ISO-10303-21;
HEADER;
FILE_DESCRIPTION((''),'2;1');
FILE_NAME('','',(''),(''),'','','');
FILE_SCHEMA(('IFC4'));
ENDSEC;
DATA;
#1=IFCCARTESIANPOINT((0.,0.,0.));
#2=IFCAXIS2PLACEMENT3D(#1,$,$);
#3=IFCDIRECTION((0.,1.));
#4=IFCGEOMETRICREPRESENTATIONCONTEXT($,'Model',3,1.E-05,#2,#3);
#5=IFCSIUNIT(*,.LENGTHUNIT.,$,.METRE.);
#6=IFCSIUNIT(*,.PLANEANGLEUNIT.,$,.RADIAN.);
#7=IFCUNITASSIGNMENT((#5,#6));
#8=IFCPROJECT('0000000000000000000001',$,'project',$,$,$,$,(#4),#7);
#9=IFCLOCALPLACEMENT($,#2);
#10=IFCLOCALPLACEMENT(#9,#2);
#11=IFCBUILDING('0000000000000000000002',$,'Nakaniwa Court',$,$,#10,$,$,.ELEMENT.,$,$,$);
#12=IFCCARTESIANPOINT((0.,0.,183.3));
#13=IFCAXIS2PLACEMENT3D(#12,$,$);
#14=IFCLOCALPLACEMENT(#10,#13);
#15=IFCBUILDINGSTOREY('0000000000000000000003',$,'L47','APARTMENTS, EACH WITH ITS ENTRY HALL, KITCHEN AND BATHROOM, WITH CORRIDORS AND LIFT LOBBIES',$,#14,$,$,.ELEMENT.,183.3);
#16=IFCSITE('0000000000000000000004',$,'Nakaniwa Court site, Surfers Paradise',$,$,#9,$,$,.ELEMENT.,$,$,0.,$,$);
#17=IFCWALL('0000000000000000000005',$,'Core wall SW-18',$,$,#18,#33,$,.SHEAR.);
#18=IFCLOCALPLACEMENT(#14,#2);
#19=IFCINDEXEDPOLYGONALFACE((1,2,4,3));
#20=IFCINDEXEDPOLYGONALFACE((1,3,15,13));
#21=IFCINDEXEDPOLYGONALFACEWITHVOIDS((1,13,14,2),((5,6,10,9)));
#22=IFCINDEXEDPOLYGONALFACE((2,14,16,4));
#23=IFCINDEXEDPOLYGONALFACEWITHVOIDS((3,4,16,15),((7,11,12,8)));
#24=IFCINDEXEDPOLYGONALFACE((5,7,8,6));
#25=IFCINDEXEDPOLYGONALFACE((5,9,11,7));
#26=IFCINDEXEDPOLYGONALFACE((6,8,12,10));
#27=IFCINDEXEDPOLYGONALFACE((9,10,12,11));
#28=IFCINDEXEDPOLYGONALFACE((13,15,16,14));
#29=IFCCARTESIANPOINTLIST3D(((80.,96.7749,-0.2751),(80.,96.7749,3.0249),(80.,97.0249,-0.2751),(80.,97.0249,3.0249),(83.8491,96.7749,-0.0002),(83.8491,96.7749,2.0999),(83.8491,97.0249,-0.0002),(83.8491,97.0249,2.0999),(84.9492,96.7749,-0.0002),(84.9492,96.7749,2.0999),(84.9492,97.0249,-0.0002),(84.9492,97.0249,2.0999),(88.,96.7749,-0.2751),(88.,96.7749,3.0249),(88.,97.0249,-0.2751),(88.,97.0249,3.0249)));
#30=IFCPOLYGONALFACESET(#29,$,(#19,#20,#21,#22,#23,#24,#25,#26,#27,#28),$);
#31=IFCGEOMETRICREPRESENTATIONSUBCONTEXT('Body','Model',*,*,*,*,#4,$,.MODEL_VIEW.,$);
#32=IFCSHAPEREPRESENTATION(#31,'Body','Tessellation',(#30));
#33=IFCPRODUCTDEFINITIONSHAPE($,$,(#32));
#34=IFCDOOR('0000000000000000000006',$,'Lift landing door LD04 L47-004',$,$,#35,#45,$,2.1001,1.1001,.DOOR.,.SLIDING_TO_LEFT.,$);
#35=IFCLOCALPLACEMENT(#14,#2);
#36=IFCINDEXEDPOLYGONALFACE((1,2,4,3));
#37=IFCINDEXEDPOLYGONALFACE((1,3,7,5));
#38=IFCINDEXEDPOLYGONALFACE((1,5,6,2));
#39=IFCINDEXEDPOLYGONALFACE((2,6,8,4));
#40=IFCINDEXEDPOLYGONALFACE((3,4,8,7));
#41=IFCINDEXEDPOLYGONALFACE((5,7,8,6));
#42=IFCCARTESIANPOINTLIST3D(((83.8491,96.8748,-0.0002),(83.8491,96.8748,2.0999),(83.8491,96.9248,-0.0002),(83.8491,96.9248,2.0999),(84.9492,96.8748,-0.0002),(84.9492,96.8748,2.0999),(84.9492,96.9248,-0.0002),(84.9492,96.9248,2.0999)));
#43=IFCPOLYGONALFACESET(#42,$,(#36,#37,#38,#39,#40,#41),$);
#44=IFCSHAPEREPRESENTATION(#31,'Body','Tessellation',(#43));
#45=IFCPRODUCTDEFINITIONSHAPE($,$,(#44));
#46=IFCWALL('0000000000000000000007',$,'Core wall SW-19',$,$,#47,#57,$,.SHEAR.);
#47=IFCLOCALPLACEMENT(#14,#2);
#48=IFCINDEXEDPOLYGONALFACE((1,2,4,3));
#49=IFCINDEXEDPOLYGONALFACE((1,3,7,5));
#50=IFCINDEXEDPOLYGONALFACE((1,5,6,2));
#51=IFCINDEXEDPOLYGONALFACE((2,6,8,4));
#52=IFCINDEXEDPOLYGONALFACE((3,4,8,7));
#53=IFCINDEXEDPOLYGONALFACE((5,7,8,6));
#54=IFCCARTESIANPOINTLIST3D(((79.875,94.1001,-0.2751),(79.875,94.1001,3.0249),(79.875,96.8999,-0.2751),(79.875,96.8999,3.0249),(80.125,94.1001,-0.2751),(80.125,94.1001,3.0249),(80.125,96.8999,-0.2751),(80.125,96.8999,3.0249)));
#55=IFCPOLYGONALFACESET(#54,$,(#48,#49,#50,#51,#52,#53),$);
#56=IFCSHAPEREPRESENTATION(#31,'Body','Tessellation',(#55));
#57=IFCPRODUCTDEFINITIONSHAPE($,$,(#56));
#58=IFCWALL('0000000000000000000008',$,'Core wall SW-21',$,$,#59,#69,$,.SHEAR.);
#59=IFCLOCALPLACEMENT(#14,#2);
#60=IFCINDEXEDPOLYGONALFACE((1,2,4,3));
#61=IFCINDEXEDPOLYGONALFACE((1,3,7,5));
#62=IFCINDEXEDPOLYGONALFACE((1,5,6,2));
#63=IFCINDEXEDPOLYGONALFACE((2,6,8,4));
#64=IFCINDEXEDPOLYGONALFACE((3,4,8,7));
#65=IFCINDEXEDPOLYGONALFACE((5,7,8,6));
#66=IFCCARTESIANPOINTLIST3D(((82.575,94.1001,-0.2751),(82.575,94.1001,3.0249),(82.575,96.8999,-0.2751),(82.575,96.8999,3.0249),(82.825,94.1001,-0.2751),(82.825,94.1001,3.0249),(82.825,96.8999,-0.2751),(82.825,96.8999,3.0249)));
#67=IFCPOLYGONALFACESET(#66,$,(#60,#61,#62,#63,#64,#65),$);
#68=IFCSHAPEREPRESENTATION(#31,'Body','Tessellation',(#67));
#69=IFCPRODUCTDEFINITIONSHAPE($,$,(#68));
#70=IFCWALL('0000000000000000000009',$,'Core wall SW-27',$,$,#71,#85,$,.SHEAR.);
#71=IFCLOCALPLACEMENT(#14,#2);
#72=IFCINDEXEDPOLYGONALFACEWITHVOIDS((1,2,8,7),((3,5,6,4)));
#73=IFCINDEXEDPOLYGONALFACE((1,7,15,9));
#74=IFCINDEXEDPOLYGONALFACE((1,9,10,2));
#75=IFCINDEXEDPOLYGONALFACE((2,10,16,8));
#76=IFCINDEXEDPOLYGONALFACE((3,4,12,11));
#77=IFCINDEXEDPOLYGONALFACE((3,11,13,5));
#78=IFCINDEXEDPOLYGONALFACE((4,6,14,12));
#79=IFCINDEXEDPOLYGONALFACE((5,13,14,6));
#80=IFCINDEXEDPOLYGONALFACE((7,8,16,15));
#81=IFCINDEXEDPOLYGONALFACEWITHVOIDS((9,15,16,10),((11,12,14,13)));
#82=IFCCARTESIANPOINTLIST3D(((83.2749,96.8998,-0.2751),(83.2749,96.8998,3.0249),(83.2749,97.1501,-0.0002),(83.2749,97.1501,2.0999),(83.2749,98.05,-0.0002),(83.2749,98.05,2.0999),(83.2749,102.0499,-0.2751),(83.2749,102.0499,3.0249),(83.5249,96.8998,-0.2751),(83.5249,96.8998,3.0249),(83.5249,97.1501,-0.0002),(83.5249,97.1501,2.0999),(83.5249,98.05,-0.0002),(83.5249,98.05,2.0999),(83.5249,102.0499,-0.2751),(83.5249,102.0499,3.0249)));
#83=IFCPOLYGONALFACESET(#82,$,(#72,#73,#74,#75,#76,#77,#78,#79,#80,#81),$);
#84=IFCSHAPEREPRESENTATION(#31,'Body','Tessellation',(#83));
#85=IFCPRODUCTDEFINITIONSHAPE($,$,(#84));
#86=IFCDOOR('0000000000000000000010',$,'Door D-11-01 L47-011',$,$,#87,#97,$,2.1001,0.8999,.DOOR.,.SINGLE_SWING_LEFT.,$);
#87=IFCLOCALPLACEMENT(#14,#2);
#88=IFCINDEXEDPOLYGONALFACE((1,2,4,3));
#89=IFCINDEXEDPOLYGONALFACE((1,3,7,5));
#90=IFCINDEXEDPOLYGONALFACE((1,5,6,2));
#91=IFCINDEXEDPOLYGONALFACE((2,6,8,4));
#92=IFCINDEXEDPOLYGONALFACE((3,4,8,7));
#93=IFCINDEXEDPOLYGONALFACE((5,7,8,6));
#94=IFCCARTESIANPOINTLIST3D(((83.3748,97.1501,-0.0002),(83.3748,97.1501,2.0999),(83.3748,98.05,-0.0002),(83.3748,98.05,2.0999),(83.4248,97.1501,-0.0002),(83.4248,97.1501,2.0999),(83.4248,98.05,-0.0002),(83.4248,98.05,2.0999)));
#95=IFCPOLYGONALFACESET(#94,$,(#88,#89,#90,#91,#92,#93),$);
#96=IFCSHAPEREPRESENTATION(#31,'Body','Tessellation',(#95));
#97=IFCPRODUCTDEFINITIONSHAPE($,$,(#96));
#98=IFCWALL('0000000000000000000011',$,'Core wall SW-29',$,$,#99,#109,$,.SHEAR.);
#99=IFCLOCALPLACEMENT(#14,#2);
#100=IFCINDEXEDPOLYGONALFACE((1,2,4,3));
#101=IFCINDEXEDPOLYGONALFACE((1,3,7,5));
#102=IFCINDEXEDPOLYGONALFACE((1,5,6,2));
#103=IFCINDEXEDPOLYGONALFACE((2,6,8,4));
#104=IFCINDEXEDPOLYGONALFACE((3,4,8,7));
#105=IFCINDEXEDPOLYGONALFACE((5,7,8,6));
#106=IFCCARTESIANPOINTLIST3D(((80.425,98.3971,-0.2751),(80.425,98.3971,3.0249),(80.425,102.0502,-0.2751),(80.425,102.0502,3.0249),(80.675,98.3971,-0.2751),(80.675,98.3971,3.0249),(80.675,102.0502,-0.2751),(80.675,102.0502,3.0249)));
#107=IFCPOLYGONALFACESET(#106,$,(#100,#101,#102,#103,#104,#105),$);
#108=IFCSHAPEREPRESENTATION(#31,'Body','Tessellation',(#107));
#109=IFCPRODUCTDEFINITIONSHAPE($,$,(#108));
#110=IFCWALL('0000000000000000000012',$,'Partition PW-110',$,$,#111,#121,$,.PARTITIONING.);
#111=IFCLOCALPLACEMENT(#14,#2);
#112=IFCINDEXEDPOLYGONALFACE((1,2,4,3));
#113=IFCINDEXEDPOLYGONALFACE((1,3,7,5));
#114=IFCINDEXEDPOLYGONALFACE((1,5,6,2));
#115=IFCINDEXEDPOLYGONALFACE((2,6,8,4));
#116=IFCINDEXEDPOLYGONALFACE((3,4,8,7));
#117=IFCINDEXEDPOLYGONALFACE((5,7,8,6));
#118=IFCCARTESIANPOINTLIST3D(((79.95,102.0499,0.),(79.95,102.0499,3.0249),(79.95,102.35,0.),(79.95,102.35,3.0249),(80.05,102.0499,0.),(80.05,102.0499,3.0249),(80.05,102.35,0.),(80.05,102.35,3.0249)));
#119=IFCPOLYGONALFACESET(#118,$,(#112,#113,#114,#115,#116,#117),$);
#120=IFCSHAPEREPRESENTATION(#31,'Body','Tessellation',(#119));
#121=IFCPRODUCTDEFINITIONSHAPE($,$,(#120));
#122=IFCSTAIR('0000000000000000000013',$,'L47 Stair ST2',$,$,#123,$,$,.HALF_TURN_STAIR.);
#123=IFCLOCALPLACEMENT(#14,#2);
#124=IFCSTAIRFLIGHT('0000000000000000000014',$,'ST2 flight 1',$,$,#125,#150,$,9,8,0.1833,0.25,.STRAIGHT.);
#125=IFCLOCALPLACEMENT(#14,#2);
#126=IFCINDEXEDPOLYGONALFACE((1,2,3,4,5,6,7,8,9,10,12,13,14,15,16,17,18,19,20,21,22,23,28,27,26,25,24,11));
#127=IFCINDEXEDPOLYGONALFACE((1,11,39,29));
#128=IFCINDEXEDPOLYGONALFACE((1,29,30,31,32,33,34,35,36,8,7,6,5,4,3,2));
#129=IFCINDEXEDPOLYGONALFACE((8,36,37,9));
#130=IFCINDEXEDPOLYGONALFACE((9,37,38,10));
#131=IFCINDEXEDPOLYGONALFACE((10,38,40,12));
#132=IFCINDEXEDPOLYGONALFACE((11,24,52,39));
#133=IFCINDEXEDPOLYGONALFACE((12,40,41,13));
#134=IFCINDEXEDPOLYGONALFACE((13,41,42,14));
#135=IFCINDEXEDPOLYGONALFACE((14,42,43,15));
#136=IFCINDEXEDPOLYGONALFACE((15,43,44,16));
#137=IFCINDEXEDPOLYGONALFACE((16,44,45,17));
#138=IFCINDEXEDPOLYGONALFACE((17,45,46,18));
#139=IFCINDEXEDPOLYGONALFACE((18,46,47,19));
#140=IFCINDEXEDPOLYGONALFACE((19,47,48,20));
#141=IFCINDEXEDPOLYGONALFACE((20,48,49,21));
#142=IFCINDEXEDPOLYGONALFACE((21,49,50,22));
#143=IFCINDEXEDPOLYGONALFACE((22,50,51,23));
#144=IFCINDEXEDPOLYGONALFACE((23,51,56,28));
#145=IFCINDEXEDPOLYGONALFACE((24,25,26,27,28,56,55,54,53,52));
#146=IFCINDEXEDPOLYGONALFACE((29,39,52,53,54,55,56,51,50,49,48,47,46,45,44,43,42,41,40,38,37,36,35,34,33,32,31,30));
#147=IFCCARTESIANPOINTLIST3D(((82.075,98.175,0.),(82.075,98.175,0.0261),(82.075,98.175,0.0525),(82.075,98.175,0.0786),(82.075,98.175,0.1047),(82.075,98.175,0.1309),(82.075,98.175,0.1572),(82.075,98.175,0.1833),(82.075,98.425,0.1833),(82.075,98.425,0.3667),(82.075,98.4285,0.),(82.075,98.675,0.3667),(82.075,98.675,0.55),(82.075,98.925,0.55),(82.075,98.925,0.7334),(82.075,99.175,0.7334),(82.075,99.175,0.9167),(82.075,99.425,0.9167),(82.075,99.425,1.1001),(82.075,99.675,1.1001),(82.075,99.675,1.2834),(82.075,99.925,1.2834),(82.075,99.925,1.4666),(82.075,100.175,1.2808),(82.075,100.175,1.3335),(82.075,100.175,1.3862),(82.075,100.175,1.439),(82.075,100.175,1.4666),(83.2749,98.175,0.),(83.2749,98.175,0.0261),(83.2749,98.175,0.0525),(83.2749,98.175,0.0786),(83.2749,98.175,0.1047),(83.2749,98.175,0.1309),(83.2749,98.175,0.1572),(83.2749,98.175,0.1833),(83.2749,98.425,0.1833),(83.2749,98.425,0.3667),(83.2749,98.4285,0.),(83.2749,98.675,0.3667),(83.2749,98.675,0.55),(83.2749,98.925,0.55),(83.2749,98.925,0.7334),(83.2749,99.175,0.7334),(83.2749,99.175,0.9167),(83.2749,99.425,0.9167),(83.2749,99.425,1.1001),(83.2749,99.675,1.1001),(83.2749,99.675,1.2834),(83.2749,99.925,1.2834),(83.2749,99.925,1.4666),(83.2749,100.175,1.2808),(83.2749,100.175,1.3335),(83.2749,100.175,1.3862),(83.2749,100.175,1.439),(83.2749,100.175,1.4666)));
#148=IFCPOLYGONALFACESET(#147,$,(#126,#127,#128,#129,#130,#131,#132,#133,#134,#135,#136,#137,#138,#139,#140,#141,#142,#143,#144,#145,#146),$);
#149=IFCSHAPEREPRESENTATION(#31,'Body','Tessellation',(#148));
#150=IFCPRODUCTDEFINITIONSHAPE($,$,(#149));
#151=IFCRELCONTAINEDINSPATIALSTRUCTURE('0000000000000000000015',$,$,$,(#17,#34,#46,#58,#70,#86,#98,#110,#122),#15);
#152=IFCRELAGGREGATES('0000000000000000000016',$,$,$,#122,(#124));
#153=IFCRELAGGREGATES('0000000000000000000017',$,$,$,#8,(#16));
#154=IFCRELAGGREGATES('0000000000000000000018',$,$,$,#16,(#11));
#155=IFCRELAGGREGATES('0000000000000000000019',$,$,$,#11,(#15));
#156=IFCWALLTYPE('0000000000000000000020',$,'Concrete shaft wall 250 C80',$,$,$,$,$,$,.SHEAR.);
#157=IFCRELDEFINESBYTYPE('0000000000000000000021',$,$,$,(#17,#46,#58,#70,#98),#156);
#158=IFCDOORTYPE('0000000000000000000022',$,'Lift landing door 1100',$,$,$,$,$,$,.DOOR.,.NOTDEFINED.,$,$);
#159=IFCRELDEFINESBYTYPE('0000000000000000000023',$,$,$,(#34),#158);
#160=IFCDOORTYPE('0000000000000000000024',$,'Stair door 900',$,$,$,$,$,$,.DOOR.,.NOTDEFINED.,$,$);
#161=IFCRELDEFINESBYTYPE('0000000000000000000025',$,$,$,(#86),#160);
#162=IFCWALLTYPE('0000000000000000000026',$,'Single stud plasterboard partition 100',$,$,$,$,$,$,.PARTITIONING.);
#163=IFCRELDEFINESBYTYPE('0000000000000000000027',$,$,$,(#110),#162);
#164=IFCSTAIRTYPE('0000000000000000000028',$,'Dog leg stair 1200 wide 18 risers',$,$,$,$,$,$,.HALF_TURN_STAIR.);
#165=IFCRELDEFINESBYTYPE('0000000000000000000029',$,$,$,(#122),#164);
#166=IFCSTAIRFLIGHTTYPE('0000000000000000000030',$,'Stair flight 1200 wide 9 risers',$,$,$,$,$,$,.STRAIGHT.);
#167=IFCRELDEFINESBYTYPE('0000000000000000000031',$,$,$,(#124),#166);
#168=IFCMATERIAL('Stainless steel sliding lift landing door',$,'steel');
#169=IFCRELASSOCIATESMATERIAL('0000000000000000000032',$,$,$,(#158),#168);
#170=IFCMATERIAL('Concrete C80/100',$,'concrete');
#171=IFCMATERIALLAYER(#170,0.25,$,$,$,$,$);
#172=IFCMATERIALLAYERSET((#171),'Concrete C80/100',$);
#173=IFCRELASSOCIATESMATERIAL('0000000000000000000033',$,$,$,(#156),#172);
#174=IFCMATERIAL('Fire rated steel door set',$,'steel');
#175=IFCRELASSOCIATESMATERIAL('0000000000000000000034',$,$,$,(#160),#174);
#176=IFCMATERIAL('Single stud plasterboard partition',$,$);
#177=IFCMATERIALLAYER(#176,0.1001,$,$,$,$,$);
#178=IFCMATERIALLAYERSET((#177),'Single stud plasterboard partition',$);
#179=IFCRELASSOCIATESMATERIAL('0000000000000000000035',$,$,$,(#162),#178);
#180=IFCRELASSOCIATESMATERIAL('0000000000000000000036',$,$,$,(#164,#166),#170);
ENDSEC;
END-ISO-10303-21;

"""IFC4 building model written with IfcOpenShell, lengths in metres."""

from ifc_helpers import new_model, si_unit, direction, frame, frame_2d, origin, place, context, subcontext, project, spatial, polyline, rectangle, outline, extrude, material, layer, layer_set, type_object, element, fill, aggregate, save


model = new_model("IFC4")

# Units and contexts
model_context = context("Model", 3, precision=1e-05, world=origin(), true_north=direction((0.0, 1.0)))
body_context = subcontext(model_context, "Body", "Model", "MODEL_VIEW")
ifc_project = project(units=[si_unit("LENGTHUNIT", "METRE"), si_unit("PLANEANGLEUNIT", "RADIAN")], contexts=[model_context])

# Site, building, storey
site_placement = place(None, origin())
site = spatial("IfcSite", under=ifc_project, at=site_placement, Name="Nakaniwa Court site, Surfers Paradise", CompositionType="ELEMENT", RefElevation=0.0)
building_placement = place(site_placement, origin())
building = spatial("IfcBuilding", under=site, at=building_placement, Name="Nakaniwa Court", CompositionType="ELEMENT")
storey_placement = place(building_placement, frame((0.0, 0.0, 183.3)))
storey = spatial("IfcBuildingStorey", under=building, at=storey_placement, Name="L47", Description="APARTMENTS, EACH WITH ITS ENTRY HALL, KITCHEN AND BATHROOM, WITH CORRIDORS AND LIFT LOBBIES", CompositionType="ELEMENT", Elevation=183.3)

# Shared definitions
ifc_material_1 = material(Name="Fire rated steel door set", Category="steel")
ifc_material_2 = material(Name="Concrete C80/100", Category="concrete")
ifc_material_3 = material(Name="Stainless steel sliding lift landing door", Category="steel")
door_type_1 = type_object("IfcDoorType", Name="Lift landing door 1100", OperationType="NOTDEFINED", PredefinedType="DOOR", material=ifc_material_3)

# Shared definitions
ifc_layer_1 = layer(ifc_material_2, 0.25)
ifc_layer_set_1 = layer_set([ifc_layer_1], Name="Concrete C80/100")
wall_type_1 = type_object("IfcWallType", Name="Concrete shaft wall 250 C80", PredefinedType="SHEAR", material=ifc_layer_set_1)

# Wall, opening, door
wall_1_placement = place(storey_placement, frame((80.0, 96.8999, -0.2751), z_axis=(0.0, 0.0, 1.0), x_axis=(1.0, 0.0, 0.0)))
wall_1 = element("IfcWall", 1, at=wall_1_placement, inside=storey, type_object=wall_type_1, Name="Core wall SW-18", PredefinedType="SHEAR", context=body_context, shape_type="SweptSolid", body=[
    extrude(rectangle(XDim=8.0, YDim=0.25, at=frame_2d((4.0, 0.0))), origin(), (0.0, 0.0, 1.0), 3.3),
])
opening_1_placement = place(wall_1_placement, frame((3.8491, 0.0, 0.2749)))
opening_1 = element("IfcOpeningElement", 2, at=opening_1_placement, cuts=wall_1, PredefinedType="OPENING", context=body_context, shape_type="SweptSolid", body=[
    extrude(rectangle(XDim=1.1001, YDim=2.1001, at=frame_2d((0.55, 1.05))), frame((0.0, 0.135, 0.0), z_axis=(0.0, -1.0, 0.0), x_axis=(1.0, 0.0, 0.0)), (0.0, 0.0, 1.0), 0.27),
])
door_1_placement = place(opening_1_placement, origin())
door_1 = element("IfcDoor", 3, at=door_1_placement, inside=storey, type_object=door_type_1, Name="Lift landing door LD04 L47-004", OperationType="SLIDING_TO_LEFT", OverallHeight=2.1001, OverallWidth=1.1001, PredefinedType="DOOR", context=body_context, shape_type="SweptSolid", body=[
    extrude(rectangle(XDim=1.1001, YDim=2.1001, at=frame_2d((0.55, 1.05))), frame((0.0, 0.0249, 0.0), z_axis=(0.0, -1.0, 0.0), x_axis=(1.0, 0.0, 0.0)), (0.0, 0.0, 1.0), 0.05),
])
fill(opening_1, door_1)

# Walls
for number, where, z_axis, x_axis, name in (
    (4, (80.0, 94.1001, -0.2751), (0.0, 0.0, 1.0), (0.0, 1.0, 0.0), "Core wall SW-19"),
    (5, (82.7, 94.1001, -0.2751), (0.0, 0.0, 1.0), (0.0, 1.0, 0.0), "Core wall SW-21"),
):
    element("IfcWall", number, at=place(storey_placement, frame(where, z_axis=z_axis, x_axis=x_axis)), inside=storey, type_object=wall_type_1, Name=name, PredefinedType="SHEAR", context=body_context, shape_type="SweptSolid", body=[
        extrude(rectangle(XDim=2.7998, YDim=0.25, at=frame_2d((1.3999, 0.0))), origin(), (0.0, 0.0, 1.0), 3.3),
    ])

# Wall, opening, door
wall_2_placement = place(storey_placement, frame((83.3999, 102.05, -0.2751), z_axis=(0.0, 0.0, 1.0), x_axis=(0.0, -1.0, 0.0)))
wall_2 = element("IfcWall", 6, at=wall_2_placement, inside=storey, type_object=wall_type_1, Name="Core wall SW-27", PredefinedType="SHEAR", context=body_context, shape_type="SweptSolid", body=[
    extrude(rectangle(XDim=5.1501, YDim=0.25, at=frame_2d((2.5752, 0.0))), origin(), (0.0, 0.0, 1.0), 3.3),
])
opening_2_placement = place(wall_2_placement, frame((4.0, 0.0, 0.2749)))
opening_2 = element("IfcOpeningElement", 7, at=opening_2_placement, cuts=wall_2, PredefinedType="OPENING", context=body_context, shape_type="SweptSolid", body=[
    extrude(rectangle(XDim=0.8999, YDim=2.1001, at=frame_2d((0.45, 1.05))), frame((0.0, 0.135, 0.0), z_axis=(0.0, -1.0, 0.0), x_axis=(1.0, 0.0, 0.0)), (0.0, 0.0, 1.0), 0.27),
])
door_type_2 = type_object("IfcDoorType", Name="Stair door 900", OperationType="NOTDEFINED", PredefinedType="DOOR", material=ifc_material_1)
door_2_placement = place(opening_2_placement, origin())
door_2 = element("IfcDoor", 8, at=door_2_placement, inside=storey, type_object=door_type_2, Name="Door D-11-01 L47-011", OperationType="SINGLE_SWING_LEFT", OverallHeight=2.1001, OverallWidth=0.8999, PredefinedType="DOOR", context=body_context, shape_type="SweptSolid", body=[
    extrude(rectangle(XDim=0.8999, YDim=2.1001, at=frame_2d((0.45, 1.05))), frame((0.0, 0.0249, 0.0), z_axis=(0.0, -1.0, 0.0), x_axis=(1.0, 0.0, 0.0)), (0.0, 0.0, 1.0), 0.05),
])
fill(opening_2, door_2)

# Walls
wall_3_placement = place(storey_placement, frame((80.55, 98.397, -0.2751), z_axis=(0.0, 0.0, 1.0), x_axis=(0.0, 1.0, 0.0)))
element("IfcWall", 9, at=wall_3_placement, inside=storey, type_object=wall_type_1, Name="Core wall SW-29", PredefinedType="SHEAR", context=body_context, shape_type="SweptSolid", body=[
    extrude(rectangle(XDim=3.6531, YDim=0.25, at=frame_2d((1.8267, 0.0))), origin(), (0.0, 0.0, 1.0), 3.3),
])
ifc_material_4 = material(Name="Single stud plasterboard partition")
ifc_layer_2 = layer(ifc_material_4, 0.1001)
ifc_layer_set_2 = layer_set([ifc_layer_2], Name="Single stud plasterboard partition")
wall_type_2 = type_object("IfcWallType", Name="Single stud plasterboard partition 100", PredefinedType="PARTITIONING", material=ifc_layer_set_2)
wall_4_placement = place(storey_placement, frame((80.0, 102.05, 0.0), z_axis=(0.0, 0.0, 1.0), x_axis=(0.0, 1.0, 0.0)))
element("IfcWall", 10, at=wall_4_placement, inside=storey, type_object=wall_type_2, Name="Partition PW-110", PredefinedType="PARTITIONING", context=body_context, shape_type="SweptSolid", body=[
    extrude(rectangle(XDim=0.3, YDim=0.1001, at=frame_2d((0.1499, 0.0))), origin(), (0.0, 0.0, 1.0), 3.0249),
])

# Stair, stair flight
stair_type = type_object("IfcStairType", Name="Dog leg stair 1200 wide 18 risers", PredefinedType="HALF_TURN_STAIR", material=ifc_material_2)
stair_placement = place(storey_placement, origin())
stair = element("IfcStair", 11, at=stair_placement, inside=storey, type_object=stair_type, Name="L47 Stair ST2", PredefinedType="HALF_TURN_STAIR")
stair_flight_type = type_object("IfcStairFlightType", Name="Stair flight 1200 wide 9 risers", PredefinedType="STRAIGHT", material=ifc_material_2)
stair_flight_1_placement = place(storey_placement, frame((82.675, 98.175, 0.0), z_axis=(0.0, 0.0, 1.0), x_axis=(0.0, 1.0, 0.0)))
stair_flight_1 = element("IfcStairFlight", 12, at=stair_flight_1_placement, type_object=stair_flight_type, Name="ST2 flight 1", NumberOfRisers=9, NumberOfTreads=8, PredefinedType="STRAIGHT", RiserHeight=0.1833, TreadLength=0.25, context=body_context, shape_type="SweptSolid", body=[
    extrude(outline(polyline([(0.0, 0.0), (0.0, 0.0261), (0.0, 0.0525), (0.0, 0.0786), (0.0, 0.1047), (0.0, 0.1309), (0.0, 0.1572), (0.0, 0.1833), (0.25, 0.1833), (0.25, 0.3667), (0.5, 0.3667), (0.5, 0.55), (0.75, 0.55), (0.75, 0.7334), (1.0, 0.7334), (1.0, 0.9167), (1.25, 0.9167), (1.25, 1.1001), (1.5, 1.1001), (1.5, 1.2834), (1.75, 1.2834), (1.75, 1.4666), (2.0, 1.4666), (2.0, 1.6499), (2.0, 1.5972), (2.0, 1.5444), (2.0, 1.4917), (2.0, 1.439), (2.0, 1.3862), (2.0, 1.3335), (2.0, 1.2808), (0.2534, 0.0), (0.0, 0.0)])), frame((0.0, 0.6001, 0.0), z_axis=(0.0, -1.0, 0.0), x_axis=(1.0, 0.0, 0.0)), (0.0, 0.0, 1.0), 1.2),
])
aggregate(stair, [stair_flight_1])

save(model, "model.ifc")
